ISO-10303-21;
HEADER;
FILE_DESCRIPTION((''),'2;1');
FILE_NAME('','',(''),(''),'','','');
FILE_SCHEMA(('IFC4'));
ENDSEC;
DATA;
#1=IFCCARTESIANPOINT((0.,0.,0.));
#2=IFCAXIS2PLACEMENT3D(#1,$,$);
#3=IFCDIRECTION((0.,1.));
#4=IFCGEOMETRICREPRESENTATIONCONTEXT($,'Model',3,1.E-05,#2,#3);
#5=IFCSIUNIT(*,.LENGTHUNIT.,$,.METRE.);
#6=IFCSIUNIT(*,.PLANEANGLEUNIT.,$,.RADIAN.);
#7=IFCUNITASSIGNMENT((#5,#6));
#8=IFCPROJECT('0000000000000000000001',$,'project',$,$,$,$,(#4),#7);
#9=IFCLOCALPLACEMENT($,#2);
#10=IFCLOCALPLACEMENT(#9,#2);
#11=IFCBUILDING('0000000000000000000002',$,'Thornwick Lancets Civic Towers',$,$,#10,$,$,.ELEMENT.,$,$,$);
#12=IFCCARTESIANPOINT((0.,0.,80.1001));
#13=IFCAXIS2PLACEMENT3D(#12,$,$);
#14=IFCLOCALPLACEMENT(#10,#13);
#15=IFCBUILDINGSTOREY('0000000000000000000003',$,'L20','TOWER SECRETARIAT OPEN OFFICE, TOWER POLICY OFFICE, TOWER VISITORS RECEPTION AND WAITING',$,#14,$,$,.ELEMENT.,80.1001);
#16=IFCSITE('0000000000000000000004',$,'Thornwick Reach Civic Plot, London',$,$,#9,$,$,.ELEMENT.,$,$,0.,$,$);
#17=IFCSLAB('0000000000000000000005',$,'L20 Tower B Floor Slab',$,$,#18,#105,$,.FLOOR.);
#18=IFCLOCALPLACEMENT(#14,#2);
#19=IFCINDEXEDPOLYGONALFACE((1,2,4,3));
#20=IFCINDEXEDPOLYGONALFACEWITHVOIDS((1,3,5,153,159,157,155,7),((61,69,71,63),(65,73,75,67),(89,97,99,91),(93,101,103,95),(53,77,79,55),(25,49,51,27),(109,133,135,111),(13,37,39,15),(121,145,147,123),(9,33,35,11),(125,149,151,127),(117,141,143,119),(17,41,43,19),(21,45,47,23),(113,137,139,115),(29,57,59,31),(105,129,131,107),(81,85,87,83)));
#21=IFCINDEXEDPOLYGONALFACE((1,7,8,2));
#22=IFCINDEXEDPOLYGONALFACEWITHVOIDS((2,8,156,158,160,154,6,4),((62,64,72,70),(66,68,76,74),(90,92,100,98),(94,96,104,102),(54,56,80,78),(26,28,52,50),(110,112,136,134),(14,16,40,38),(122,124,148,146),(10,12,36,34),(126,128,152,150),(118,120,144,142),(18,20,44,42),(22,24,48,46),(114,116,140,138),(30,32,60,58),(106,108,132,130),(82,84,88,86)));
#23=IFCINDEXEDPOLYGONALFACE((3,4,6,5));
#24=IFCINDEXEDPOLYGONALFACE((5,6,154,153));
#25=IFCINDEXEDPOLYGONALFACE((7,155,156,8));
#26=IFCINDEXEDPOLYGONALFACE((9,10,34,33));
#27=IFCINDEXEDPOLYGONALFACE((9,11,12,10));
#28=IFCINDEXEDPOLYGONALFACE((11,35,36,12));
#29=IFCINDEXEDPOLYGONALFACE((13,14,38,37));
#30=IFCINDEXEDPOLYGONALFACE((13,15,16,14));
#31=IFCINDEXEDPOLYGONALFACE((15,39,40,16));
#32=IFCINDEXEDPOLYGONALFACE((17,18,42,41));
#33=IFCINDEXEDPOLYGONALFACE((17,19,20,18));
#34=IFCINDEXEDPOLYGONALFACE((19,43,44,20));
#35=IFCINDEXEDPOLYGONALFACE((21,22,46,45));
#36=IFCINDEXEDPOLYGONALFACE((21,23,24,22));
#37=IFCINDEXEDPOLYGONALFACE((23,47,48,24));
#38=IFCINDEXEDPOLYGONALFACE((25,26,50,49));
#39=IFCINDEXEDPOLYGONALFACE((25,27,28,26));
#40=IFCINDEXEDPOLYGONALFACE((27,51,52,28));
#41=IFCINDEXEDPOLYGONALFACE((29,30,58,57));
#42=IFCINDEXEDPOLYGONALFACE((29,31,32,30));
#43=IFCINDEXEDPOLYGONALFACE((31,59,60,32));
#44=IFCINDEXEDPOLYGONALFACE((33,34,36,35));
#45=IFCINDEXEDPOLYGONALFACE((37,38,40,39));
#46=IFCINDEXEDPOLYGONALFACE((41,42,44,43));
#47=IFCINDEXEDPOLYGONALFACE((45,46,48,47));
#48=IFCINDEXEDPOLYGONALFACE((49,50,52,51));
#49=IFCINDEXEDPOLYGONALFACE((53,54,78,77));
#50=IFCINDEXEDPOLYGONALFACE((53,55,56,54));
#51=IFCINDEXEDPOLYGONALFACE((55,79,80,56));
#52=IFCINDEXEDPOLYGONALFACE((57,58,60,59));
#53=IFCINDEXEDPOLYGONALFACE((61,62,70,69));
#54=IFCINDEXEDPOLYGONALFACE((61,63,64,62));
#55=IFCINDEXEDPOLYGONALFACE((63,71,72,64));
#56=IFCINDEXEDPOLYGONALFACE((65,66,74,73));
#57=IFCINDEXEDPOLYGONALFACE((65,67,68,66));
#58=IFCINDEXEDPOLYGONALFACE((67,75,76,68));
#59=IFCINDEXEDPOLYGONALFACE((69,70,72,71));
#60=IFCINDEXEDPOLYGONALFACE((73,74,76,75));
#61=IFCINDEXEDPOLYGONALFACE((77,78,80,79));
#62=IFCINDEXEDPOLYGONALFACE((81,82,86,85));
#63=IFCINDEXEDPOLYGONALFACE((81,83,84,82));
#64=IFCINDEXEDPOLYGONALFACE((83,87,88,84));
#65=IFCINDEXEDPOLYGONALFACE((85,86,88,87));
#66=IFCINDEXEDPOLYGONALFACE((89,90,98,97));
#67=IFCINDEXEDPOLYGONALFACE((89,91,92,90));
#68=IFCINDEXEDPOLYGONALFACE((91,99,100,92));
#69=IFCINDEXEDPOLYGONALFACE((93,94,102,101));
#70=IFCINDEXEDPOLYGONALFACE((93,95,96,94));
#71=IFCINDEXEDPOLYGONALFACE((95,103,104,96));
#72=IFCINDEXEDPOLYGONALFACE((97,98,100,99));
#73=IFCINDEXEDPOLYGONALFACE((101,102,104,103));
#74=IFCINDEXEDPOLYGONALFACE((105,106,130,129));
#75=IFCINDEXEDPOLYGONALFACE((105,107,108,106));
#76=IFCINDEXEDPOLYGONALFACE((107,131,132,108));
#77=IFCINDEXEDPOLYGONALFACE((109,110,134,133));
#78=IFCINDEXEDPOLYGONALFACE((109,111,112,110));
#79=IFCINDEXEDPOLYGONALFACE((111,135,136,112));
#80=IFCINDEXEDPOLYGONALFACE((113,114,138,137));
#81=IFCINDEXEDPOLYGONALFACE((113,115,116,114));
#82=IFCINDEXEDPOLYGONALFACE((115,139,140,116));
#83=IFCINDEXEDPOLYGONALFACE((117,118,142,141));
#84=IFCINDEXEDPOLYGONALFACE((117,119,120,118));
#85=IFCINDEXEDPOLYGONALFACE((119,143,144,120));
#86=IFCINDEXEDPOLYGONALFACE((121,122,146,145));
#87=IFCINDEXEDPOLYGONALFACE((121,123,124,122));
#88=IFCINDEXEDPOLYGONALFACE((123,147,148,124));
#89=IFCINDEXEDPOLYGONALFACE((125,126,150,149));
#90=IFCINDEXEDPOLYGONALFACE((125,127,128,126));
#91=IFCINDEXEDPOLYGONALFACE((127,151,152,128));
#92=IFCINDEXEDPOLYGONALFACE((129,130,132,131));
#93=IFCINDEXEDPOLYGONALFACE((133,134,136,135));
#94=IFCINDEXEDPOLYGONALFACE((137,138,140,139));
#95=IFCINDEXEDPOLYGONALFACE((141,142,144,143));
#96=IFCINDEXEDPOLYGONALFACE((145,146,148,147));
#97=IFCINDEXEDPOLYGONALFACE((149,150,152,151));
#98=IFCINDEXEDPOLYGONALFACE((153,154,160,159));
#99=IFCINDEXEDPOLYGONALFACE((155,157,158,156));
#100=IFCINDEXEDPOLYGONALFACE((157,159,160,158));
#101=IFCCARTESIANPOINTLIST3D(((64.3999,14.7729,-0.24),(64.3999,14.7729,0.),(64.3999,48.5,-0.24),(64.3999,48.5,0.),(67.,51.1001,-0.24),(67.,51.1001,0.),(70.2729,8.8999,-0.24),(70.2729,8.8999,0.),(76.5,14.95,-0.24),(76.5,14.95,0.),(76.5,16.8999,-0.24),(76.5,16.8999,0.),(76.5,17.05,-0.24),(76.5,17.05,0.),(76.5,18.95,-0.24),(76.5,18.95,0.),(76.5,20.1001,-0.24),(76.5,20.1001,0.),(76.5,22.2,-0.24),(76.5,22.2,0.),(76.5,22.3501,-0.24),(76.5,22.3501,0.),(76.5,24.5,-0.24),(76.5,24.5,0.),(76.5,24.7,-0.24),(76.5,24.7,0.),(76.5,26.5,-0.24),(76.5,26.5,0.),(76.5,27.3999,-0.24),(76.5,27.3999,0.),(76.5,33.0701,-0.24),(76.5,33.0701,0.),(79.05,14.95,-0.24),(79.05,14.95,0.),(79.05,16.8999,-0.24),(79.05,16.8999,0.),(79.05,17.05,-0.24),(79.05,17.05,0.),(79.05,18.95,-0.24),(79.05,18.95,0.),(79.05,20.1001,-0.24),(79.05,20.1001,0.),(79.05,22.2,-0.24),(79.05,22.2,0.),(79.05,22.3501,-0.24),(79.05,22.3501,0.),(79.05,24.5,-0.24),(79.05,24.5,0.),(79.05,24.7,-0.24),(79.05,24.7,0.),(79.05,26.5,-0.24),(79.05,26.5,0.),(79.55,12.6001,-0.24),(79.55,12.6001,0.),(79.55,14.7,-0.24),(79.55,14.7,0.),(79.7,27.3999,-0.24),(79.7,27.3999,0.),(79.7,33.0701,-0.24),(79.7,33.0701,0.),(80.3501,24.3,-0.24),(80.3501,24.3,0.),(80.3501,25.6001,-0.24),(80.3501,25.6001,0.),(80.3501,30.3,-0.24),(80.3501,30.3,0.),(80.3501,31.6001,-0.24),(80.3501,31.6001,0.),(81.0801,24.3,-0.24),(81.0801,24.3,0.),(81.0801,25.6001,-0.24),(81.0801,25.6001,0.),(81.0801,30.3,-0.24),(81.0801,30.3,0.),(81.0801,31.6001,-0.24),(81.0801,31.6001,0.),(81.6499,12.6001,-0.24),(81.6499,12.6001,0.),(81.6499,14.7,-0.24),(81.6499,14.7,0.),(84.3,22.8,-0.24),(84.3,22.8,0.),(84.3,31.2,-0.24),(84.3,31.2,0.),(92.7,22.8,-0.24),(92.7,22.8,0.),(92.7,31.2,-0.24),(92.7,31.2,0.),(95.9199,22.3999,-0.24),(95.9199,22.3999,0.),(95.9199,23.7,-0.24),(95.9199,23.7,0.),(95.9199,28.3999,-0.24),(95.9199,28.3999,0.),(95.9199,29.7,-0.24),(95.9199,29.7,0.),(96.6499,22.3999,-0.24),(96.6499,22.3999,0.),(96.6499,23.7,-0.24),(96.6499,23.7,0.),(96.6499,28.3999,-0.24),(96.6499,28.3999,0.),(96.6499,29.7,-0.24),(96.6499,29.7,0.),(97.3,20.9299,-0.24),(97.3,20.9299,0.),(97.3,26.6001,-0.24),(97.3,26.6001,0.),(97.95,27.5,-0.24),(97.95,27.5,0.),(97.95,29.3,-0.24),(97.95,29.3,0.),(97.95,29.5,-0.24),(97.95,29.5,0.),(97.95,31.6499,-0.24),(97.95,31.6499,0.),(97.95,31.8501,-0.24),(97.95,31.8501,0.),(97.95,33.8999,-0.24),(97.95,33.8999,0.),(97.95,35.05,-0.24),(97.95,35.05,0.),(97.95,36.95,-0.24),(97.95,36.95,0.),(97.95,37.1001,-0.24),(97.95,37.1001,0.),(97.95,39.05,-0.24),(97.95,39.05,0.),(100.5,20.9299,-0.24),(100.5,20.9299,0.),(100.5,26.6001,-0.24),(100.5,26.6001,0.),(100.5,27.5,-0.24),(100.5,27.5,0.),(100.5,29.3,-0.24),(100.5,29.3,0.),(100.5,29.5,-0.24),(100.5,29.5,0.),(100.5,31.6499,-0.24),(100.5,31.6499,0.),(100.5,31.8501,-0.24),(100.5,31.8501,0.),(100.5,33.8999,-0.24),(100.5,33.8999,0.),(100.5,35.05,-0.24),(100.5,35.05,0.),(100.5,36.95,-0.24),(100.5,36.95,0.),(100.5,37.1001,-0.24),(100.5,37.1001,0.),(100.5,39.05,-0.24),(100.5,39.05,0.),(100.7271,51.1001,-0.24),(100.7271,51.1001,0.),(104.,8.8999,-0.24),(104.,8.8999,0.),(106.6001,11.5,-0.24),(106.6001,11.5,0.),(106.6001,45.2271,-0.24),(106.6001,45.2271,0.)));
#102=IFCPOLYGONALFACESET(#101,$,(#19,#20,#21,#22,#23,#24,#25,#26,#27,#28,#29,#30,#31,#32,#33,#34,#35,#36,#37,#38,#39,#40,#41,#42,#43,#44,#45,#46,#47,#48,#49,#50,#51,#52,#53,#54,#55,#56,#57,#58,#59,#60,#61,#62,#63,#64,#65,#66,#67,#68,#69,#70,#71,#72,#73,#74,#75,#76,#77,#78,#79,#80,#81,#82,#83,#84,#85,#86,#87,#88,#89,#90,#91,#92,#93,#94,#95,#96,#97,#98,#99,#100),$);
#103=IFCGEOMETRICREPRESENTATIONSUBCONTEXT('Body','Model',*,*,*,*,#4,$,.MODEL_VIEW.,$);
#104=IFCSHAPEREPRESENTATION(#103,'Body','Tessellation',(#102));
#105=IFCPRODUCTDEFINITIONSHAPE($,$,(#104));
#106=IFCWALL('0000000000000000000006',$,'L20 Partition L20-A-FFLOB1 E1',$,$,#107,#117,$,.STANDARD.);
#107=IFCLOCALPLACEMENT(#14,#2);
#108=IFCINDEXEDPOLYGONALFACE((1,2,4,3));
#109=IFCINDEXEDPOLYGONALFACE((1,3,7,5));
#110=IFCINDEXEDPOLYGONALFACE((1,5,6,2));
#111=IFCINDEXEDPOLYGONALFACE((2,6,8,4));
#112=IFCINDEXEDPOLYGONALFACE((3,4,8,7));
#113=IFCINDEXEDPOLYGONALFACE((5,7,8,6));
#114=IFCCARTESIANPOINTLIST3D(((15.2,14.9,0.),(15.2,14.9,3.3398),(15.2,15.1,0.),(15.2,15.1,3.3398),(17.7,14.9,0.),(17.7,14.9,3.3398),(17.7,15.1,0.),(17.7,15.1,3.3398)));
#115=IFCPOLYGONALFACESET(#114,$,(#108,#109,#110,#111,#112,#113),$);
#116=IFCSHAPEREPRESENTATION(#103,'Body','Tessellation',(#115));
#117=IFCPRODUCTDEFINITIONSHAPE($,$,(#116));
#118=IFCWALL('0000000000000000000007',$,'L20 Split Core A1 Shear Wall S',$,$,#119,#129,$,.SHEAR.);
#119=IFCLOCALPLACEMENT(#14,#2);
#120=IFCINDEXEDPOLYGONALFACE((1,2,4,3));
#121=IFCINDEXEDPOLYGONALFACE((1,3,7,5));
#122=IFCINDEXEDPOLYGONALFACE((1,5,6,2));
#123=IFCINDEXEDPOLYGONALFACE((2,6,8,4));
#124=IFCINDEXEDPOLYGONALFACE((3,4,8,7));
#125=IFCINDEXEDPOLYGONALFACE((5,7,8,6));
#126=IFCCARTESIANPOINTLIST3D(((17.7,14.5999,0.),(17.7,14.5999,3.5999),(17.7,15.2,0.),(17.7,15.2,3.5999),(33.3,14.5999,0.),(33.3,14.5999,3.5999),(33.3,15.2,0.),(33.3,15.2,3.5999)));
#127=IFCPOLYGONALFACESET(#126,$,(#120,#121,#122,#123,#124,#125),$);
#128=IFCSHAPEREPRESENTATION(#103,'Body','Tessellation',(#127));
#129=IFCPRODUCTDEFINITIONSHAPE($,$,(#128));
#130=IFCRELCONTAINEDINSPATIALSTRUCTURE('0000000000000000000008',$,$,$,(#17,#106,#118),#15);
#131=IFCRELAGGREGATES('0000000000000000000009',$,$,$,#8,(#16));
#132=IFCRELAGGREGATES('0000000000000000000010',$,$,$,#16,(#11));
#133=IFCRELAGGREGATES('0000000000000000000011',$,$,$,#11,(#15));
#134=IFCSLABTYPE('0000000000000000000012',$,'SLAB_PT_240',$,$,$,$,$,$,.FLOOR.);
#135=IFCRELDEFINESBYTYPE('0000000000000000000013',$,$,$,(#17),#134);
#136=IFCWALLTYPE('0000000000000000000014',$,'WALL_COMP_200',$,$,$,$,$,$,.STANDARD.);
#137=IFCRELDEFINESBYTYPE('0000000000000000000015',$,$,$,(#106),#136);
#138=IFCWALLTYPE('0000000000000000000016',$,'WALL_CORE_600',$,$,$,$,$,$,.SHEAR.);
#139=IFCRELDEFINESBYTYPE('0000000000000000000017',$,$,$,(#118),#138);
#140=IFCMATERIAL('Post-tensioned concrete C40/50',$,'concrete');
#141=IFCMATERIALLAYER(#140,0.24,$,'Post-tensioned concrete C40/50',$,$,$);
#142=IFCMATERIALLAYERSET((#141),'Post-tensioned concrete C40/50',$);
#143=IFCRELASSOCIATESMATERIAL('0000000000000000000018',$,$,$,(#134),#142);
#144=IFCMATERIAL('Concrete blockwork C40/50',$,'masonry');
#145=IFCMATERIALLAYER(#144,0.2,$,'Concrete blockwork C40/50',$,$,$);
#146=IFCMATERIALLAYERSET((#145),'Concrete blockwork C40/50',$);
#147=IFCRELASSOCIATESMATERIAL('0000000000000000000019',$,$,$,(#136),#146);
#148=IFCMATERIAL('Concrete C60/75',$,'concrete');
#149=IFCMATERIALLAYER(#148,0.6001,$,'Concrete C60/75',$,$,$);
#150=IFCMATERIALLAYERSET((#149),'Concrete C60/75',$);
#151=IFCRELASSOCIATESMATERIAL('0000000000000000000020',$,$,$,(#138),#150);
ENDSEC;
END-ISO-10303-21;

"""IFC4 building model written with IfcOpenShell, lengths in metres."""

from ifc_helpers import new_model, si_unit, direction, frame, frame_2d, origin, place, context, subcontext, project, spatial, polyline, rectangle, outline, extrude, material, layer, layer_set, type_object, element, save


model = new_model("IFC4")

# Units and contexts
model_context = context("Model", 3, precision=1e-05, world=origin(), true_north=direction((0.0, 1.0)))
body_context = subcontext(model_context, "Body", "Model", "MODEL_VIEW")
ifc_project = project(units=[si_unit("LENGTHUNIT", "METRE"), si_unit("PLANEANGLEUNIT", "RADIAN")], contexts=[model_context])

# Site, building, storey
site_placement = place(None, origin())
site = spatial("IfcSite", under=ifc_project, at=site_placement, Name="Thornwick Reach Civic Plot, London", CompositionType="ELEMENT", RefElevation=0.0)
building_placement = place(site_placement, origin())
building = spatial("IfcBuilding", under=site, at=building_placement, Name="Thornwick Lancets Civic Towers", CompositionType="ELEMENT")
storey_placement = place(building_placement, frame((0.0, 0.0, 80.1001)))
storey = spatial("IfcBuildingStorey", under=building, at=storey_placement, Name="L20", Description="TOWER SECRETARIAT OPEN OFFICE, TOWER POLICY OFFICE, TOWER VISITORS RECEPTION AND WAITING", CompositionType="ELEMENT", Elevation=80.1001)

# Shared definitions
ifc_material_1 = material(Name="Concrete C60/75", Category="concrete")

# Shared definitions
ifc_material_2 = material(Name="Post-tensioned concrete C40/50", Category="concrete")

# Slab
ifc_layer_1 = layer(ifc_material_2, 0.24, Name="Post-tensioned concrete C40/50")
ifc_layer_set_1 = layer_set([ifc_layer_1], Name="Post-tensioned concrete C40/50")
slab_type_1 = type_object("IfcSlabType", Name="SLAB_PT_240", PredefinedType="FLOOR", material=ifc_layer_set_1)
slab_1_placement = place(storey_placement, frame((0.0, 0.0, -0.24)))
element("IfcSlab", 1, at=slab_1_placement, inside=storey, type_object=slab_type_1, Name="L20 Tower B Floor Slab", PredefinedType="FLOOR", context=body_context, shape_type="SweptSolid", body=[
    extrude(outline(polyline([(70.2729, 8.8999), (104.0, 8.8999), (106.6001, 11.5), (106.6001, 45.2271), (100.7271, 51.1001), (67.0, 51.1001), (64.3999, 48.5), (64.3999, 14.7729), (70.2729, 8.8999)]), holes=[polyline([(84.3, 22.8), (92.7, 22.8), (92.7, 31.2), (84.3, 31.2), (84.3, 22.8)]), polyline([(100.5, 20.9299), (100.5, 26.6001), (97.3, 26.6001), (97.3, 20.9299), (100.5, 20.9299)]), polyline([(76.5, 33.0701), (76.5, 27.3999), (79.7, 27.3999), (79.7, 33.0701), (76.5, 33.0701)]), polyline([(97.95, 27.5), (100.5, 27.5), (100.5, 29.3), (97.95, 29.3), (97.95, 27.5)]), polyline([(97.95, 29.5), (100.5, 29.5), (100.5, 31.6499), (97.95, 31.6499), (97.95, 29.5)]), polyline([(97.95, 31.8501), (100.5, 31.8501), (100.5, 33.8999), (97.95, 33.8999), (97.95, 31.8501)]), polyline([(97.95, 35.05), (100.5, 35.05), (100.5, 36.95), (97.95, 36.95), (97.95, 35.05)]), polyline([(97.95, 37.1001), (100.5, 37.1001), (100.5, 39.05), (97.95, 39.05), (97.95, 37.1001)]), polyline([(76.5, 24.7), (79.05, 24.7), (79.05, 26.5), (76.5, 26.5), (76.5, 24.7)]), polyline([(76.5, 22.3501), (79.05, 22.3501), (79.05, 24.5), (76.5, 24.5), (76.5, 22.3501)]), polyline([(76.5, 20.1001), (79.05, 20.1001), (79.05, 22.2), (76.5, 22.2), (76.5, 20.1001)]), polyline([(76.5, 17.05), (79.05, 17.05), (79.05, 18.95), (76.5, 18.95), (76.5, 17.05)]), polyline([(76.5, 14.95), (79.05, 14.95), (79.05, 16.8999), (76.5, 16.8999), (76.5, 14.95)]), polyline([(79.55, 12.6001), (81.6499, 12.6001), (81.6499, 14.7), (79.55, 14.7), (79.55, 12.6001)]), polyline([(95.9199, 28.3999), (96.6499, 28.3999), (96.6499, 29.7), (95.9199, 29.7), (95.9199, 28.3999)]), polyline([(95.9199, 22.3999), (96.6499, 22.3999), (96.6499, 23.7), (95.9199, 23.7), (95.9199, 22.3999)]), polyline([(80.3501, 24.3), (81.0801, 24.3), (81.0801, 25.6001), (80.3501, 25.6001), (80.3501, 24.3)]), polyline([(80.3501, 30.3), (81.0801, 30.3), (81.0801, 31.6001), (80.3501, 31.6001), (80.3501, 30.3)])]), origin(), (0.0, 0.0, 1.0), 0.24),
])

# Walls
ifc_material_3 = material(Name="Concrete blockwork C40/50", Category="masonry")
ifc_layer_2 = layer(ifc_material_3, 0.2, Name="Concrete blockwork C40/50")
ifc_layer_set_2 = layer_set([ifc_layer_2], Name="Concrete blockwork C40/50")
wall_type_1 = type_object("IfcWallType", Name="WALL_COMP_200", PredefinedType="STANDARD", material=ifc_layer_set_2)
wall_1_placement = place(storey_placement, frame((15.2, 15.0, 0.0), z_axis=(0.0, 0.0, 1.0), x_axis=(1.0, 0.0, 0.0)))
element("IfcWall", 2, at=wall_1_placement, inside=storey, type_object=wall_type_1, Name="L20 Partition L20-A-FFLOB1 E1", PredefinedType="STANDARD", context=body_context, shape_type="SweptSolid", body=[
    extrude(rectangle(XDim=2.5, YDim=0.2, at=frame_2d((1.25, 0.0))), origin(), (0.0, 0.0, 1.0), 3.3398),
])
ifc_layer_3 = layer(ifc_material_1, 0.6001, Name="Concrete C60/75")
ifc_layer_set_3 = layer_set([ifc_layer_3], Name="Concrete C60/75")
wall_type_2 = type_object("IfcWallType", Name="WALL_CORE_600", PredefinedType="SHEAR", material=ifc_layer_set_3)
wall_2_placement = place(storey_placement, frame((17.7, 14.8999, 0.0), z_axis=(0.0, 0.0, 1.0), x_axis=(1.0, 0.0, 0.0)))
element("IfcWall", 3, at=wall_2_placement, inside=storey, type_object=wall_type_2, Name="L20 Split Core A1 Shear Wall S", PredefinedType="SHEAR", context=body_context, shape_type="SweptSolid", body=[
    extrude(rectangle(XDim=15.6001, YDim=0.6001, at=frame_2d((7.8, 0.0))), origin(), (0.0, 0.0, 1.0), 3.5999),
])

save(model, "model.ifc")
